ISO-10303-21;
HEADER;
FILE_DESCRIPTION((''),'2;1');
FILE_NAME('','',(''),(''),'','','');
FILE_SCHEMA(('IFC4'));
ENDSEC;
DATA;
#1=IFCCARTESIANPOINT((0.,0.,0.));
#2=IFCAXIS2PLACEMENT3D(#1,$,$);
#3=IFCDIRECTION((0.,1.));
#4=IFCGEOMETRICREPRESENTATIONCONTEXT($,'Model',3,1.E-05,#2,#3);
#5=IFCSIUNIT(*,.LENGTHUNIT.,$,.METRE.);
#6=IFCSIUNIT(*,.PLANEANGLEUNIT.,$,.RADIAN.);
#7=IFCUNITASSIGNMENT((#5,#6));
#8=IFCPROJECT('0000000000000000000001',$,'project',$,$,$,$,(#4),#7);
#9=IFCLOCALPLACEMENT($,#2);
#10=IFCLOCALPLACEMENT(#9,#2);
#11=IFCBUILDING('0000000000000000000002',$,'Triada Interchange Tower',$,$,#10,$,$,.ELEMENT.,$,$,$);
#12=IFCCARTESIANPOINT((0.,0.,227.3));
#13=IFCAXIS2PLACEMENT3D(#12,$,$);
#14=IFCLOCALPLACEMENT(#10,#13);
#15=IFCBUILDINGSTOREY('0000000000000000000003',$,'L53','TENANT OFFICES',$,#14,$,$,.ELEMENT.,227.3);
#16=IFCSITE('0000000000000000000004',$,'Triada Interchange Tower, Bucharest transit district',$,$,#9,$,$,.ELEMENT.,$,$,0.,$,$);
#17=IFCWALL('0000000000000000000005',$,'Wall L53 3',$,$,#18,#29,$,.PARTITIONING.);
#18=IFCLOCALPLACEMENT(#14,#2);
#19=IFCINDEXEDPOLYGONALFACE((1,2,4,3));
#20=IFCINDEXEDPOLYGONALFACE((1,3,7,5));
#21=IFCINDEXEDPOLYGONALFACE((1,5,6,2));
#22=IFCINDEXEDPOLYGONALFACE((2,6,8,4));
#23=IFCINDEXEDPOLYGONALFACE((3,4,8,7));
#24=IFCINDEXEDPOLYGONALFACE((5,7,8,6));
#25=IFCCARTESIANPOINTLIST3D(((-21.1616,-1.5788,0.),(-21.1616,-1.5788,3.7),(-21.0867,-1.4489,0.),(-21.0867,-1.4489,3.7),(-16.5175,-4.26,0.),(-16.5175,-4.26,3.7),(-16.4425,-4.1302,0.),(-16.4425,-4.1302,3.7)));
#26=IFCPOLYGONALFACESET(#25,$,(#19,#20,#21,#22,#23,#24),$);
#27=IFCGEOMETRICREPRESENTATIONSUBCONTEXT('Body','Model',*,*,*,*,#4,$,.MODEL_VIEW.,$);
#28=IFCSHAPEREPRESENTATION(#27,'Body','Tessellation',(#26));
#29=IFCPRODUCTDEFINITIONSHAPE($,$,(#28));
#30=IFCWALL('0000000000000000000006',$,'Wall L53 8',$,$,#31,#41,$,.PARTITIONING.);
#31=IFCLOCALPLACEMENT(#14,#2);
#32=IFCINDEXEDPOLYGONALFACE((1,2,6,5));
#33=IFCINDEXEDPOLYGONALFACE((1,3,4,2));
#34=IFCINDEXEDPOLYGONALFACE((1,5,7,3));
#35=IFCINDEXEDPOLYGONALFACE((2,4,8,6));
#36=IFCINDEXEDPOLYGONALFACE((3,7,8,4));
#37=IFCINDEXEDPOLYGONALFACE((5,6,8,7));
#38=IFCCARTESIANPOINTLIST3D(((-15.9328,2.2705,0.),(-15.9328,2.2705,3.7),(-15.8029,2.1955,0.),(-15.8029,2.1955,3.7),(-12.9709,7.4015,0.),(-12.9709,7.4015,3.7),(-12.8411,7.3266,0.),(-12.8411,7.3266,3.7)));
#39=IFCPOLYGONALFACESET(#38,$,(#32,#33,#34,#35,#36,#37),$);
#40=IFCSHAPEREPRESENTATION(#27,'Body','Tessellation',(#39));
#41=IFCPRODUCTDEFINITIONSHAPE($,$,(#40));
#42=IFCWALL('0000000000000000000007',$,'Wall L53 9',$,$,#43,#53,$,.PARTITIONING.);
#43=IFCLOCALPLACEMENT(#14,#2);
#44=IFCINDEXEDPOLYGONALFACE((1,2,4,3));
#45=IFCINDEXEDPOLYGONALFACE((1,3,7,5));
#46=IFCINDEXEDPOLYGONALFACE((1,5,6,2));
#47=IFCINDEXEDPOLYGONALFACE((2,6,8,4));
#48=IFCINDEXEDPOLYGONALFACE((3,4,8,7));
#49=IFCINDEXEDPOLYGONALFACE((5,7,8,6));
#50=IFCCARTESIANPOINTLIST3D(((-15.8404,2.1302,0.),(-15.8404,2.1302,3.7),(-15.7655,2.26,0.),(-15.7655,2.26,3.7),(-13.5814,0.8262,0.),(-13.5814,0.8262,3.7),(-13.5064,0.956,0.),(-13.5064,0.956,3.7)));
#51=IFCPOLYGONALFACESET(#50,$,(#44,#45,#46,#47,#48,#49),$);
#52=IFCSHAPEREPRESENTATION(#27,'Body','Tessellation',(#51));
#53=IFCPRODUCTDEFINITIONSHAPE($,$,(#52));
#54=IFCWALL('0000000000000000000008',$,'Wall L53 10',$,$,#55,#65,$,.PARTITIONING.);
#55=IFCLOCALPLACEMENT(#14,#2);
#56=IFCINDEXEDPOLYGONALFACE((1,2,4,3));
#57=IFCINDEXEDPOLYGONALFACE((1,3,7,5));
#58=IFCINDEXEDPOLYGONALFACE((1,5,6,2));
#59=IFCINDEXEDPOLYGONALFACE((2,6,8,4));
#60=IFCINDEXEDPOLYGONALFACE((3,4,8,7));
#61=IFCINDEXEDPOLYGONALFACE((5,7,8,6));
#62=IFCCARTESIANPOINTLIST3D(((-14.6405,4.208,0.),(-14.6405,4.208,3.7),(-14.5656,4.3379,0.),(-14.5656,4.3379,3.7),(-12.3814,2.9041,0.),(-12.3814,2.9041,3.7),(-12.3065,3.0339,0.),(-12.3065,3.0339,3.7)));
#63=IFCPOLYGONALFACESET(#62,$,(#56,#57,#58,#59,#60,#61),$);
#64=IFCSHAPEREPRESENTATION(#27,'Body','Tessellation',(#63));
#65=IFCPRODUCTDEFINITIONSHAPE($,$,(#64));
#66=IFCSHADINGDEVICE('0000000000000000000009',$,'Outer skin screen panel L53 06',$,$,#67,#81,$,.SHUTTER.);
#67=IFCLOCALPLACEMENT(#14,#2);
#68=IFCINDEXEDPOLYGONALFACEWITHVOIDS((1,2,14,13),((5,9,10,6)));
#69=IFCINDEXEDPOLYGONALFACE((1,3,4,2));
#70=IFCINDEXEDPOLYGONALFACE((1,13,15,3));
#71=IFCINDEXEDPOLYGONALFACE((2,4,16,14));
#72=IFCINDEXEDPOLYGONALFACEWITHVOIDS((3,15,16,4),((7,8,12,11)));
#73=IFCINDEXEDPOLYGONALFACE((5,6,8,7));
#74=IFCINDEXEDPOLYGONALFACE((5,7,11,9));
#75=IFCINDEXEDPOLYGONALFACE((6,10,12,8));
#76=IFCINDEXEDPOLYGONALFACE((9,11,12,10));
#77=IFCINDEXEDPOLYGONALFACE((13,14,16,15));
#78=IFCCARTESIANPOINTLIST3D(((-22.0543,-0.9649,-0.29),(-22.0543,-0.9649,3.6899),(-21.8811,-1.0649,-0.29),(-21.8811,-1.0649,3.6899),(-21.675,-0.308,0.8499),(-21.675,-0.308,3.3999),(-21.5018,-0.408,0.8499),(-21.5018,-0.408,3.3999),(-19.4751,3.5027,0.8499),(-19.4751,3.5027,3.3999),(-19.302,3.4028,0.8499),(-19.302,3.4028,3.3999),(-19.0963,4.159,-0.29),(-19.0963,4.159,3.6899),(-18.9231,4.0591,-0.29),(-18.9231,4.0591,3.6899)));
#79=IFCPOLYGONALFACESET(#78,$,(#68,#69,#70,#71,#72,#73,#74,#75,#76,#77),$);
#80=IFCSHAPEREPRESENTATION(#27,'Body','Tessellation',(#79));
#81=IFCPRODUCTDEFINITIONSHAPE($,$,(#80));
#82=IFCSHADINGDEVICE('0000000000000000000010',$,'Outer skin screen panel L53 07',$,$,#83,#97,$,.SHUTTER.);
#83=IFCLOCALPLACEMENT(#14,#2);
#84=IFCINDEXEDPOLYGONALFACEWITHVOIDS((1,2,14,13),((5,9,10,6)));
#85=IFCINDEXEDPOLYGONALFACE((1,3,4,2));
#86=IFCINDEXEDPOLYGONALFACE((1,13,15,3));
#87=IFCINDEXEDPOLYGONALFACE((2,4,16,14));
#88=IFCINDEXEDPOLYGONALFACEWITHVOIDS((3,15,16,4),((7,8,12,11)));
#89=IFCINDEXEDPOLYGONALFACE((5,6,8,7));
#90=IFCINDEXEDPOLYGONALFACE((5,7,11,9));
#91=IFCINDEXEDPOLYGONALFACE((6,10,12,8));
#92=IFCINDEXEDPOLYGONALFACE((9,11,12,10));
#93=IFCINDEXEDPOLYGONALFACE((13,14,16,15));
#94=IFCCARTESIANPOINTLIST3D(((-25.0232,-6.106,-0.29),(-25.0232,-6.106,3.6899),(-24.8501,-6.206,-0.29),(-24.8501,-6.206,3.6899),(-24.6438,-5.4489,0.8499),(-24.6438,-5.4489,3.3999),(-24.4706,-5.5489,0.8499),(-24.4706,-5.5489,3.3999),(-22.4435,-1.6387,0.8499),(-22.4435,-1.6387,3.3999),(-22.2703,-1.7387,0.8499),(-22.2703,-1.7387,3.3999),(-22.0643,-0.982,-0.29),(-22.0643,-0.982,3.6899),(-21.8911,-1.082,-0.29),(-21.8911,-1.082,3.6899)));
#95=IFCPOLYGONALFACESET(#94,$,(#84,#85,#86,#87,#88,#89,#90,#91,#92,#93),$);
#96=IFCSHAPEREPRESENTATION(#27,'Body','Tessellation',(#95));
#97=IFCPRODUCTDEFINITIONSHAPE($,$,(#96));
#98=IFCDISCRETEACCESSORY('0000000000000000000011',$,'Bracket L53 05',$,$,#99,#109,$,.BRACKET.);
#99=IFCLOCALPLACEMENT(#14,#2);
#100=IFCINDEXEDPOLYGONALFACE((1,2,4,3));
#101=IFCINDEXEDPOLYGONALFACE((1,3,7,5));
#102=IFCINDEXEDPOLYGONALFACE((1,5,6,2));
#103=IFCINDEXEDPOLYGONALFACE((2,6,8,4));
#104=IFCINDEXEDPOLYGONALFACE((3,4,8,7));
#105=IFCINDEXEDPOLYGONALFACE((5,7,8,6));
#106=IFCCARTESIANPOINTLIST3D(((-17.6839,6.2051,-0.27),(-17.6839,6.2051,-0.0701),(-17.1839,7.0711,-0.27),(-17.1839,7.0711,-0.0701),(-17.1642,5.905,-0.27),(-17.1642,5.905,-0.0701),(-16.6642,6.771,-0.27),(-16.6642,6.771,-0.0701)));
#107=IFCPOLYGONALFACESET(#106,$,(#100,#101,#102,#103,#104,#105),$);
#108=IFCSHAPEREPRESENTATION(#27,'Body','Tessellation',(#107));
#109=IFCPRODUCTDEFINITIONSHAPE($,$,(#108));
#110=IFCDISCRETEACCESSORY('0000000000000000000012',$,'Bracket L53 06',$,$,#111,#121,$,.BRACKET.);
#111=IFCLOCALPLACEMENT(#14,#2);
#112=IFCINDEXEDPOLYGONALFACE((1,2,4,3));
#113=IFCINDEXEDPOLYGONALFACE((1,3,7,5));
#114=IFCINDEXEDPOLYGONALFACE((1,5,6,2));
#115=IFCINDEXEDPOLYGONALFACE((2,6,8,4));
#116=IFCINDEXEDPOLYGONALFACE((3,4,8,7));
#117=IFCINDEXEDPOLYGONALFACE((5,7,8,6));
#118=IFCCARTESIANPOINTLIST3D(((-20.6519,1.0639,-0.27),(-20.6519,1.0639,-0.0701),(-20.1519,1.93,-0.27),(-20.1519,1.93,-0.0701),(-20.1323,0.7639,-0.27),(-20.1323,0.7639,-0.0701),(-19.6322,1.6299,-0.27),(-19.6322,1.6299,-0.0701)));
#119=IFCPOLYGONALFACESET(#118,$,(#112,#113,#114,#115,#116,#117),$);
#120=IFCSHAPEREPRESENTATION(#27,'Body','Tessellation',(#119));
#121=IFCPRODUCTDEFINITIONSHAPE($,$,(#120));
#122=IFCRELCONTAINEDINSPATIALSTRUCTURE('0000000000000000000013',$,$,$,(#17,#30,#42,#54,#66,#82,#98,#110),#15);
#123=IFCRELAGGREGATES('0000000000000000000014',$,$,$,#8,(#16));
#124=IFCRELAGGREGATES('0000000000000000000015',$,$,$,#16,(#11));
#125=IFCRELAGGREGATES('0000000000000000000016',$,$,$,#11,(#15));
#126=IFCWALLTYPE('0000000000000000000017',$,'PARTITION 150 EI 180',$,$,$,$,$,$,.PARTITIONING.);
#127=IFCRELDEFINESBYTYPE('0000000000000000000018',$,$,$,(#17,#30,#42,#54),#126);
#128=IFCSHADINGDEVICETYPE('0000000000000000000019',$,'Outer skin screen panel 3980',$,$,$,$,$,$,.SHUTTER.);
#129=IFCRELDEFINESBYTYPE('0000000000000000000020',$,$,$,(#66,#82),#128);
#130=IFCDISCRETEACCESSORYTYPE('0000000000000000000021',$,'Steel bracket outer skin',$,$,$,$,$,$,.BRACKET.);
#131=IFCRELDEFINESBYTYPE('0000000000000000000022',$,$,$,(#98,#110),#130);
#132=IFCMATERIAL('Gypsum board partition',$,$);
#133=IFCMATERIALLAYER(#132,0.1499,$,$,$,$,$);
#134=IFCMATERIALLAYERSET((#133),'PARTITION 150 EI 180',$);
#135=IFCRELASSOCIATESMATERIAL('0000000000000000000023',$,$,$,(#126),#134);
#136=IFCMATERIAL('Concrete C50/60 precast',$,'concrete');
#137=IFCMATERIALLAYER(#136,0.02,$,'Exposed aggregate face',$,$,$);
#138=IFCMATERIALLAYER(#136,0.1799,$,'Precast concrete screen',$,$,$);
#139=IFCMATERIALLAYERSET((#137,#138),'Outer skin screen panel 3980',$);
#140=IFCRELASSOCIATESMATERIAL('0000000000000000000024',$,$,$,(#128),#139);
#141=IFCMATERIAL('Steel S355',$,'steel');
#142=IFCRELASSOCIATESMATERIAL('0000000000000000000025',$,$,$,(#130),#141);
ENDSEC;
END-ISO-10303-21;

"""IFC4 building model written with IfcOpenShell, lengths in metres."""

from ifc_helpers import new_model, si_unit, direction, frame, frame_2d, origin, origin_2d, place, context, subcontext, project, spatial, polyline, rectangle, outline, extrude, material, layer, layer_set, type_object, element, save


model = new_model("IFC4")

# Units and contexts
model_context = context("Model", 3, precision=1e-05, world=origin(), true_north=direction((0.0, 1.0)))
body_context = subcontext(model_context, "Body", "Model", "MODEL_VIEW")
ifc_project = project(units=[si_unit("LENGTHUNIT", "METRE"), si_unit("PLANEANGLEUNIT", "RADIAN")], contexts=[model_context])

# Site, building, storey
site_placement = place(None, origin())
site = spatial("IfcSite", under=ifc_project, at=site_placement, Name="Triada Interchange Tower, Bucharest transit district", CompositionType="ELEMENT", RefElevation=0.0)
building_placement = place(site_placement, origin())
building = spatial("IfcBuilding", under=site, at=building_placement, Name="Triada Interchange Tower", CompositionType="ELEMENT")
storey_placement = place(building_placement, frame((0.0, 0.0, 227.3)))
storey = spatial("IfcBuildingStorey", under=building, at=storey_placement, Name="L53", Description="TENANT OFFICES", CompositionType="ELEMENT", Elevation=227.3)

# Walls
ifc_material_1 = material(Name="Gypsum board partition")
ifc_layer_1 = layer(ifc_material_1, 0.1499)
ifc_layer_set_1 = layer_set([ifc_layer_1], Name="PARTITION 150 EI 180")
wall_type_1 = type_object("IfcWallType", Name="PARTITION 150 EI 180", PredefinedType="PARTITIONING", material=ifc_layer_set_1)
wall_1_placement = place(storey_placement, frame((-21.124, -1.5139, 0.0), z_axis=(0.0, 0.0, 1.0), x_axis=(0.866032, -0.499988, 0.0)))
element("IfcWall", 1, at=wall_1_placement, inside=storey, type_object=wall_type_1, Name="Wall L53 3", PredefinedType="PARTITIONING", context=body_context, shape_type="SweptSolid", body=[
    extrude(rectangle(XDim=5.3625, YDim=0.1499, at=frame_2d((2.6812, 0.0))), origin(), (0.0, 0.0, 1.0), 3.7),
])
wall_2_placement = place(storey_placement, frame((-15.8679, 2.2329, 0.0), z_axis=(0.0, 0.0, 1.0), x_axis=(0.499933, 0.866064, 0.0)))
element("IfcWall", 2, at=wall_2_placement, inside=storey, type_object=wall_type_1, Name="Wall L53 8", PredefinedType="PARTITIONING", context=body_context, shape_type="SweptSolid", body=[
    extrude(rectangle(XDim=5.9246, YDim=0.1499, at=frame_2d((2.9624, 0.0))), origin(), (0.0, 0.0, 1.0), 3.7),
])
for number, where, z_axis, x_axis, name in (
    (3, (-15.803, 2.1951, 0.0), (0.0, 0.0, 1.0), (0.866075, -0.499914, 0.0), "Wall L53 9"),
    (4, (-14.603, 4.2729, 0.0), (0.0, 0.0, 1.0), (0.866075, -0.499914, 0.0), "Wall L53 10"),
):
    element("IfcWall", number, at=place(storey_placement, frame(where, z_axis=z_axis, x_axis=x_axis)), inside=storey, type_object=wall_type_1, Name=name, PredefinedType="PARTITIONING", context=body_context, shape_type="SweptSolid", body=[
        extrude(rectangle(XDim=2.6084, YDim=0.1499, at=frame_2d((1.3042, 0.0))), origin(), (0.0, 0.0, 1.0), 3.7),
    ])

# Shading devices
ifc_material_2 = material(Name="Concrete C50/60 precast", Category="concrete")
ifc_layer_2 = layer(ifc_material_2, 0.02, Name="Exposed aggregate face")
ifc_layer_3 = layer(ifc_material_2, 0.1799, Name="Precast concrete screen")
ifc_layer_set_2 = layer_set([ifc_layer_2, ifc_layer_3], Name="Outer skin screen panel 3980")
shading_device_type = type_object("IfcShadingDeviceType", Name="Outer skin screen panel 3980", PredefinedType="SHUTTER", material=ifc_layer_set_2)
shading_device_1_placement = place(storey_placement, frame((-18.9231, 4.0591, -0.29), z_axis=(0.0, 0.0, 1.0), x_axis=(-0.499956, -0.866051, 0.0)))
element("IfcShadingDevice", 5, at=shading_device_1_placement, inside=storey, type_object=shading_device_type, Name="Outer skin screen panel L53 06", PredefinedType="SHUTTER", context=body_context, shape_type="SweptSolid", body=[
    extrude(outline(polyline([(0.0, 0.0), (5.9165, 0.0), (5.9165, 3.98), (0.0, 3.98), (0.0, 0.0)]), holes=[polyline([(0.7578, 1.1399), (0.7578, 3.6899), (5.158, 3.6899), (5.158, 1.1399), (0.7578, 1.1399)])]), frame((0.0, 0.0, 0.0), z_axis=(0.0, -1.0, 0.0), x_axis=(1.0, 0.0, 0.0)), (0.0, 0.0, 1.0), 0.2),
])
shading_device_2_placement = place(storey_placement, frame((-21.8911, -1.082, -0.29), z_axis=(0.0, 0.0, 1.0), x_axis=(-0.50008, -0.865979, 0.0)))
element("IfcShadingDevice", 6, at=shading_device_2_placement, inside=storey, type_object=shading_device_type, Name="Outer skin screen panel L53 07", PredefinedType="SHUTTER", context=body_context, shape_type="SweptSolid", body=[
    extrude(outline(polyline([(0.0, 0.0), (5.917, 0.0), (5.917, 3.98), (0.0, 3.98), (0.0, 0.0)]), holes=[polyline([(0.7583, 1.1399), (0.7583, 3.6899), (5.1582, 3.6899), (5.1582, 1.1399), (0.7583, 1.1399)])]), frame((0.0, 0.0, 0.0), z_axis=(0.0, -1.0, 0.0), x_axis=(1.0, 0.0, 0.0)), (0.0, 0.0, 1.0), 0.2),
])

# Discrete accessories
ifc_material_3 = material(Name="Steel S355", Category="steel")
discrete_accessory_type = type_object("IfcDiscreteAccessoryType", Name="Steel bracket outer skin", PredefinedType="BRACKET", material=ifc_material_3)
for number, where, z_axis, x_axis, name in (
    (7, (-17.1741, 6.488, -0.27), (0.0, 0.0, 1.0), (-0.866014, 0.500019, 0.0), "Bracket L53 05"),
    (8, (-20.1421, 1.3469, -0.27), (0.0, 0.0, 1.0), (-0.866014, 0.500019, 0.0), "Bracket L53 06"),
):
    element("IfcDiscreteAccessory", number, at=place(storey_placement, frame(where, z_axis=z_axis, x_axis=x_axis)), inside=storey, type_object=discrete_accessory_type, Name=name, PredefinedType="BRACKET", context=body_context, shape_type="SweptSolid", body=[
        extrude(rectangle(XDim=0.6001, YDim=1.0, at=origin_2d()), origin(), (0.0, 0.0, 1.0), 0.2),
    ])

save(model, "model.ifc")
